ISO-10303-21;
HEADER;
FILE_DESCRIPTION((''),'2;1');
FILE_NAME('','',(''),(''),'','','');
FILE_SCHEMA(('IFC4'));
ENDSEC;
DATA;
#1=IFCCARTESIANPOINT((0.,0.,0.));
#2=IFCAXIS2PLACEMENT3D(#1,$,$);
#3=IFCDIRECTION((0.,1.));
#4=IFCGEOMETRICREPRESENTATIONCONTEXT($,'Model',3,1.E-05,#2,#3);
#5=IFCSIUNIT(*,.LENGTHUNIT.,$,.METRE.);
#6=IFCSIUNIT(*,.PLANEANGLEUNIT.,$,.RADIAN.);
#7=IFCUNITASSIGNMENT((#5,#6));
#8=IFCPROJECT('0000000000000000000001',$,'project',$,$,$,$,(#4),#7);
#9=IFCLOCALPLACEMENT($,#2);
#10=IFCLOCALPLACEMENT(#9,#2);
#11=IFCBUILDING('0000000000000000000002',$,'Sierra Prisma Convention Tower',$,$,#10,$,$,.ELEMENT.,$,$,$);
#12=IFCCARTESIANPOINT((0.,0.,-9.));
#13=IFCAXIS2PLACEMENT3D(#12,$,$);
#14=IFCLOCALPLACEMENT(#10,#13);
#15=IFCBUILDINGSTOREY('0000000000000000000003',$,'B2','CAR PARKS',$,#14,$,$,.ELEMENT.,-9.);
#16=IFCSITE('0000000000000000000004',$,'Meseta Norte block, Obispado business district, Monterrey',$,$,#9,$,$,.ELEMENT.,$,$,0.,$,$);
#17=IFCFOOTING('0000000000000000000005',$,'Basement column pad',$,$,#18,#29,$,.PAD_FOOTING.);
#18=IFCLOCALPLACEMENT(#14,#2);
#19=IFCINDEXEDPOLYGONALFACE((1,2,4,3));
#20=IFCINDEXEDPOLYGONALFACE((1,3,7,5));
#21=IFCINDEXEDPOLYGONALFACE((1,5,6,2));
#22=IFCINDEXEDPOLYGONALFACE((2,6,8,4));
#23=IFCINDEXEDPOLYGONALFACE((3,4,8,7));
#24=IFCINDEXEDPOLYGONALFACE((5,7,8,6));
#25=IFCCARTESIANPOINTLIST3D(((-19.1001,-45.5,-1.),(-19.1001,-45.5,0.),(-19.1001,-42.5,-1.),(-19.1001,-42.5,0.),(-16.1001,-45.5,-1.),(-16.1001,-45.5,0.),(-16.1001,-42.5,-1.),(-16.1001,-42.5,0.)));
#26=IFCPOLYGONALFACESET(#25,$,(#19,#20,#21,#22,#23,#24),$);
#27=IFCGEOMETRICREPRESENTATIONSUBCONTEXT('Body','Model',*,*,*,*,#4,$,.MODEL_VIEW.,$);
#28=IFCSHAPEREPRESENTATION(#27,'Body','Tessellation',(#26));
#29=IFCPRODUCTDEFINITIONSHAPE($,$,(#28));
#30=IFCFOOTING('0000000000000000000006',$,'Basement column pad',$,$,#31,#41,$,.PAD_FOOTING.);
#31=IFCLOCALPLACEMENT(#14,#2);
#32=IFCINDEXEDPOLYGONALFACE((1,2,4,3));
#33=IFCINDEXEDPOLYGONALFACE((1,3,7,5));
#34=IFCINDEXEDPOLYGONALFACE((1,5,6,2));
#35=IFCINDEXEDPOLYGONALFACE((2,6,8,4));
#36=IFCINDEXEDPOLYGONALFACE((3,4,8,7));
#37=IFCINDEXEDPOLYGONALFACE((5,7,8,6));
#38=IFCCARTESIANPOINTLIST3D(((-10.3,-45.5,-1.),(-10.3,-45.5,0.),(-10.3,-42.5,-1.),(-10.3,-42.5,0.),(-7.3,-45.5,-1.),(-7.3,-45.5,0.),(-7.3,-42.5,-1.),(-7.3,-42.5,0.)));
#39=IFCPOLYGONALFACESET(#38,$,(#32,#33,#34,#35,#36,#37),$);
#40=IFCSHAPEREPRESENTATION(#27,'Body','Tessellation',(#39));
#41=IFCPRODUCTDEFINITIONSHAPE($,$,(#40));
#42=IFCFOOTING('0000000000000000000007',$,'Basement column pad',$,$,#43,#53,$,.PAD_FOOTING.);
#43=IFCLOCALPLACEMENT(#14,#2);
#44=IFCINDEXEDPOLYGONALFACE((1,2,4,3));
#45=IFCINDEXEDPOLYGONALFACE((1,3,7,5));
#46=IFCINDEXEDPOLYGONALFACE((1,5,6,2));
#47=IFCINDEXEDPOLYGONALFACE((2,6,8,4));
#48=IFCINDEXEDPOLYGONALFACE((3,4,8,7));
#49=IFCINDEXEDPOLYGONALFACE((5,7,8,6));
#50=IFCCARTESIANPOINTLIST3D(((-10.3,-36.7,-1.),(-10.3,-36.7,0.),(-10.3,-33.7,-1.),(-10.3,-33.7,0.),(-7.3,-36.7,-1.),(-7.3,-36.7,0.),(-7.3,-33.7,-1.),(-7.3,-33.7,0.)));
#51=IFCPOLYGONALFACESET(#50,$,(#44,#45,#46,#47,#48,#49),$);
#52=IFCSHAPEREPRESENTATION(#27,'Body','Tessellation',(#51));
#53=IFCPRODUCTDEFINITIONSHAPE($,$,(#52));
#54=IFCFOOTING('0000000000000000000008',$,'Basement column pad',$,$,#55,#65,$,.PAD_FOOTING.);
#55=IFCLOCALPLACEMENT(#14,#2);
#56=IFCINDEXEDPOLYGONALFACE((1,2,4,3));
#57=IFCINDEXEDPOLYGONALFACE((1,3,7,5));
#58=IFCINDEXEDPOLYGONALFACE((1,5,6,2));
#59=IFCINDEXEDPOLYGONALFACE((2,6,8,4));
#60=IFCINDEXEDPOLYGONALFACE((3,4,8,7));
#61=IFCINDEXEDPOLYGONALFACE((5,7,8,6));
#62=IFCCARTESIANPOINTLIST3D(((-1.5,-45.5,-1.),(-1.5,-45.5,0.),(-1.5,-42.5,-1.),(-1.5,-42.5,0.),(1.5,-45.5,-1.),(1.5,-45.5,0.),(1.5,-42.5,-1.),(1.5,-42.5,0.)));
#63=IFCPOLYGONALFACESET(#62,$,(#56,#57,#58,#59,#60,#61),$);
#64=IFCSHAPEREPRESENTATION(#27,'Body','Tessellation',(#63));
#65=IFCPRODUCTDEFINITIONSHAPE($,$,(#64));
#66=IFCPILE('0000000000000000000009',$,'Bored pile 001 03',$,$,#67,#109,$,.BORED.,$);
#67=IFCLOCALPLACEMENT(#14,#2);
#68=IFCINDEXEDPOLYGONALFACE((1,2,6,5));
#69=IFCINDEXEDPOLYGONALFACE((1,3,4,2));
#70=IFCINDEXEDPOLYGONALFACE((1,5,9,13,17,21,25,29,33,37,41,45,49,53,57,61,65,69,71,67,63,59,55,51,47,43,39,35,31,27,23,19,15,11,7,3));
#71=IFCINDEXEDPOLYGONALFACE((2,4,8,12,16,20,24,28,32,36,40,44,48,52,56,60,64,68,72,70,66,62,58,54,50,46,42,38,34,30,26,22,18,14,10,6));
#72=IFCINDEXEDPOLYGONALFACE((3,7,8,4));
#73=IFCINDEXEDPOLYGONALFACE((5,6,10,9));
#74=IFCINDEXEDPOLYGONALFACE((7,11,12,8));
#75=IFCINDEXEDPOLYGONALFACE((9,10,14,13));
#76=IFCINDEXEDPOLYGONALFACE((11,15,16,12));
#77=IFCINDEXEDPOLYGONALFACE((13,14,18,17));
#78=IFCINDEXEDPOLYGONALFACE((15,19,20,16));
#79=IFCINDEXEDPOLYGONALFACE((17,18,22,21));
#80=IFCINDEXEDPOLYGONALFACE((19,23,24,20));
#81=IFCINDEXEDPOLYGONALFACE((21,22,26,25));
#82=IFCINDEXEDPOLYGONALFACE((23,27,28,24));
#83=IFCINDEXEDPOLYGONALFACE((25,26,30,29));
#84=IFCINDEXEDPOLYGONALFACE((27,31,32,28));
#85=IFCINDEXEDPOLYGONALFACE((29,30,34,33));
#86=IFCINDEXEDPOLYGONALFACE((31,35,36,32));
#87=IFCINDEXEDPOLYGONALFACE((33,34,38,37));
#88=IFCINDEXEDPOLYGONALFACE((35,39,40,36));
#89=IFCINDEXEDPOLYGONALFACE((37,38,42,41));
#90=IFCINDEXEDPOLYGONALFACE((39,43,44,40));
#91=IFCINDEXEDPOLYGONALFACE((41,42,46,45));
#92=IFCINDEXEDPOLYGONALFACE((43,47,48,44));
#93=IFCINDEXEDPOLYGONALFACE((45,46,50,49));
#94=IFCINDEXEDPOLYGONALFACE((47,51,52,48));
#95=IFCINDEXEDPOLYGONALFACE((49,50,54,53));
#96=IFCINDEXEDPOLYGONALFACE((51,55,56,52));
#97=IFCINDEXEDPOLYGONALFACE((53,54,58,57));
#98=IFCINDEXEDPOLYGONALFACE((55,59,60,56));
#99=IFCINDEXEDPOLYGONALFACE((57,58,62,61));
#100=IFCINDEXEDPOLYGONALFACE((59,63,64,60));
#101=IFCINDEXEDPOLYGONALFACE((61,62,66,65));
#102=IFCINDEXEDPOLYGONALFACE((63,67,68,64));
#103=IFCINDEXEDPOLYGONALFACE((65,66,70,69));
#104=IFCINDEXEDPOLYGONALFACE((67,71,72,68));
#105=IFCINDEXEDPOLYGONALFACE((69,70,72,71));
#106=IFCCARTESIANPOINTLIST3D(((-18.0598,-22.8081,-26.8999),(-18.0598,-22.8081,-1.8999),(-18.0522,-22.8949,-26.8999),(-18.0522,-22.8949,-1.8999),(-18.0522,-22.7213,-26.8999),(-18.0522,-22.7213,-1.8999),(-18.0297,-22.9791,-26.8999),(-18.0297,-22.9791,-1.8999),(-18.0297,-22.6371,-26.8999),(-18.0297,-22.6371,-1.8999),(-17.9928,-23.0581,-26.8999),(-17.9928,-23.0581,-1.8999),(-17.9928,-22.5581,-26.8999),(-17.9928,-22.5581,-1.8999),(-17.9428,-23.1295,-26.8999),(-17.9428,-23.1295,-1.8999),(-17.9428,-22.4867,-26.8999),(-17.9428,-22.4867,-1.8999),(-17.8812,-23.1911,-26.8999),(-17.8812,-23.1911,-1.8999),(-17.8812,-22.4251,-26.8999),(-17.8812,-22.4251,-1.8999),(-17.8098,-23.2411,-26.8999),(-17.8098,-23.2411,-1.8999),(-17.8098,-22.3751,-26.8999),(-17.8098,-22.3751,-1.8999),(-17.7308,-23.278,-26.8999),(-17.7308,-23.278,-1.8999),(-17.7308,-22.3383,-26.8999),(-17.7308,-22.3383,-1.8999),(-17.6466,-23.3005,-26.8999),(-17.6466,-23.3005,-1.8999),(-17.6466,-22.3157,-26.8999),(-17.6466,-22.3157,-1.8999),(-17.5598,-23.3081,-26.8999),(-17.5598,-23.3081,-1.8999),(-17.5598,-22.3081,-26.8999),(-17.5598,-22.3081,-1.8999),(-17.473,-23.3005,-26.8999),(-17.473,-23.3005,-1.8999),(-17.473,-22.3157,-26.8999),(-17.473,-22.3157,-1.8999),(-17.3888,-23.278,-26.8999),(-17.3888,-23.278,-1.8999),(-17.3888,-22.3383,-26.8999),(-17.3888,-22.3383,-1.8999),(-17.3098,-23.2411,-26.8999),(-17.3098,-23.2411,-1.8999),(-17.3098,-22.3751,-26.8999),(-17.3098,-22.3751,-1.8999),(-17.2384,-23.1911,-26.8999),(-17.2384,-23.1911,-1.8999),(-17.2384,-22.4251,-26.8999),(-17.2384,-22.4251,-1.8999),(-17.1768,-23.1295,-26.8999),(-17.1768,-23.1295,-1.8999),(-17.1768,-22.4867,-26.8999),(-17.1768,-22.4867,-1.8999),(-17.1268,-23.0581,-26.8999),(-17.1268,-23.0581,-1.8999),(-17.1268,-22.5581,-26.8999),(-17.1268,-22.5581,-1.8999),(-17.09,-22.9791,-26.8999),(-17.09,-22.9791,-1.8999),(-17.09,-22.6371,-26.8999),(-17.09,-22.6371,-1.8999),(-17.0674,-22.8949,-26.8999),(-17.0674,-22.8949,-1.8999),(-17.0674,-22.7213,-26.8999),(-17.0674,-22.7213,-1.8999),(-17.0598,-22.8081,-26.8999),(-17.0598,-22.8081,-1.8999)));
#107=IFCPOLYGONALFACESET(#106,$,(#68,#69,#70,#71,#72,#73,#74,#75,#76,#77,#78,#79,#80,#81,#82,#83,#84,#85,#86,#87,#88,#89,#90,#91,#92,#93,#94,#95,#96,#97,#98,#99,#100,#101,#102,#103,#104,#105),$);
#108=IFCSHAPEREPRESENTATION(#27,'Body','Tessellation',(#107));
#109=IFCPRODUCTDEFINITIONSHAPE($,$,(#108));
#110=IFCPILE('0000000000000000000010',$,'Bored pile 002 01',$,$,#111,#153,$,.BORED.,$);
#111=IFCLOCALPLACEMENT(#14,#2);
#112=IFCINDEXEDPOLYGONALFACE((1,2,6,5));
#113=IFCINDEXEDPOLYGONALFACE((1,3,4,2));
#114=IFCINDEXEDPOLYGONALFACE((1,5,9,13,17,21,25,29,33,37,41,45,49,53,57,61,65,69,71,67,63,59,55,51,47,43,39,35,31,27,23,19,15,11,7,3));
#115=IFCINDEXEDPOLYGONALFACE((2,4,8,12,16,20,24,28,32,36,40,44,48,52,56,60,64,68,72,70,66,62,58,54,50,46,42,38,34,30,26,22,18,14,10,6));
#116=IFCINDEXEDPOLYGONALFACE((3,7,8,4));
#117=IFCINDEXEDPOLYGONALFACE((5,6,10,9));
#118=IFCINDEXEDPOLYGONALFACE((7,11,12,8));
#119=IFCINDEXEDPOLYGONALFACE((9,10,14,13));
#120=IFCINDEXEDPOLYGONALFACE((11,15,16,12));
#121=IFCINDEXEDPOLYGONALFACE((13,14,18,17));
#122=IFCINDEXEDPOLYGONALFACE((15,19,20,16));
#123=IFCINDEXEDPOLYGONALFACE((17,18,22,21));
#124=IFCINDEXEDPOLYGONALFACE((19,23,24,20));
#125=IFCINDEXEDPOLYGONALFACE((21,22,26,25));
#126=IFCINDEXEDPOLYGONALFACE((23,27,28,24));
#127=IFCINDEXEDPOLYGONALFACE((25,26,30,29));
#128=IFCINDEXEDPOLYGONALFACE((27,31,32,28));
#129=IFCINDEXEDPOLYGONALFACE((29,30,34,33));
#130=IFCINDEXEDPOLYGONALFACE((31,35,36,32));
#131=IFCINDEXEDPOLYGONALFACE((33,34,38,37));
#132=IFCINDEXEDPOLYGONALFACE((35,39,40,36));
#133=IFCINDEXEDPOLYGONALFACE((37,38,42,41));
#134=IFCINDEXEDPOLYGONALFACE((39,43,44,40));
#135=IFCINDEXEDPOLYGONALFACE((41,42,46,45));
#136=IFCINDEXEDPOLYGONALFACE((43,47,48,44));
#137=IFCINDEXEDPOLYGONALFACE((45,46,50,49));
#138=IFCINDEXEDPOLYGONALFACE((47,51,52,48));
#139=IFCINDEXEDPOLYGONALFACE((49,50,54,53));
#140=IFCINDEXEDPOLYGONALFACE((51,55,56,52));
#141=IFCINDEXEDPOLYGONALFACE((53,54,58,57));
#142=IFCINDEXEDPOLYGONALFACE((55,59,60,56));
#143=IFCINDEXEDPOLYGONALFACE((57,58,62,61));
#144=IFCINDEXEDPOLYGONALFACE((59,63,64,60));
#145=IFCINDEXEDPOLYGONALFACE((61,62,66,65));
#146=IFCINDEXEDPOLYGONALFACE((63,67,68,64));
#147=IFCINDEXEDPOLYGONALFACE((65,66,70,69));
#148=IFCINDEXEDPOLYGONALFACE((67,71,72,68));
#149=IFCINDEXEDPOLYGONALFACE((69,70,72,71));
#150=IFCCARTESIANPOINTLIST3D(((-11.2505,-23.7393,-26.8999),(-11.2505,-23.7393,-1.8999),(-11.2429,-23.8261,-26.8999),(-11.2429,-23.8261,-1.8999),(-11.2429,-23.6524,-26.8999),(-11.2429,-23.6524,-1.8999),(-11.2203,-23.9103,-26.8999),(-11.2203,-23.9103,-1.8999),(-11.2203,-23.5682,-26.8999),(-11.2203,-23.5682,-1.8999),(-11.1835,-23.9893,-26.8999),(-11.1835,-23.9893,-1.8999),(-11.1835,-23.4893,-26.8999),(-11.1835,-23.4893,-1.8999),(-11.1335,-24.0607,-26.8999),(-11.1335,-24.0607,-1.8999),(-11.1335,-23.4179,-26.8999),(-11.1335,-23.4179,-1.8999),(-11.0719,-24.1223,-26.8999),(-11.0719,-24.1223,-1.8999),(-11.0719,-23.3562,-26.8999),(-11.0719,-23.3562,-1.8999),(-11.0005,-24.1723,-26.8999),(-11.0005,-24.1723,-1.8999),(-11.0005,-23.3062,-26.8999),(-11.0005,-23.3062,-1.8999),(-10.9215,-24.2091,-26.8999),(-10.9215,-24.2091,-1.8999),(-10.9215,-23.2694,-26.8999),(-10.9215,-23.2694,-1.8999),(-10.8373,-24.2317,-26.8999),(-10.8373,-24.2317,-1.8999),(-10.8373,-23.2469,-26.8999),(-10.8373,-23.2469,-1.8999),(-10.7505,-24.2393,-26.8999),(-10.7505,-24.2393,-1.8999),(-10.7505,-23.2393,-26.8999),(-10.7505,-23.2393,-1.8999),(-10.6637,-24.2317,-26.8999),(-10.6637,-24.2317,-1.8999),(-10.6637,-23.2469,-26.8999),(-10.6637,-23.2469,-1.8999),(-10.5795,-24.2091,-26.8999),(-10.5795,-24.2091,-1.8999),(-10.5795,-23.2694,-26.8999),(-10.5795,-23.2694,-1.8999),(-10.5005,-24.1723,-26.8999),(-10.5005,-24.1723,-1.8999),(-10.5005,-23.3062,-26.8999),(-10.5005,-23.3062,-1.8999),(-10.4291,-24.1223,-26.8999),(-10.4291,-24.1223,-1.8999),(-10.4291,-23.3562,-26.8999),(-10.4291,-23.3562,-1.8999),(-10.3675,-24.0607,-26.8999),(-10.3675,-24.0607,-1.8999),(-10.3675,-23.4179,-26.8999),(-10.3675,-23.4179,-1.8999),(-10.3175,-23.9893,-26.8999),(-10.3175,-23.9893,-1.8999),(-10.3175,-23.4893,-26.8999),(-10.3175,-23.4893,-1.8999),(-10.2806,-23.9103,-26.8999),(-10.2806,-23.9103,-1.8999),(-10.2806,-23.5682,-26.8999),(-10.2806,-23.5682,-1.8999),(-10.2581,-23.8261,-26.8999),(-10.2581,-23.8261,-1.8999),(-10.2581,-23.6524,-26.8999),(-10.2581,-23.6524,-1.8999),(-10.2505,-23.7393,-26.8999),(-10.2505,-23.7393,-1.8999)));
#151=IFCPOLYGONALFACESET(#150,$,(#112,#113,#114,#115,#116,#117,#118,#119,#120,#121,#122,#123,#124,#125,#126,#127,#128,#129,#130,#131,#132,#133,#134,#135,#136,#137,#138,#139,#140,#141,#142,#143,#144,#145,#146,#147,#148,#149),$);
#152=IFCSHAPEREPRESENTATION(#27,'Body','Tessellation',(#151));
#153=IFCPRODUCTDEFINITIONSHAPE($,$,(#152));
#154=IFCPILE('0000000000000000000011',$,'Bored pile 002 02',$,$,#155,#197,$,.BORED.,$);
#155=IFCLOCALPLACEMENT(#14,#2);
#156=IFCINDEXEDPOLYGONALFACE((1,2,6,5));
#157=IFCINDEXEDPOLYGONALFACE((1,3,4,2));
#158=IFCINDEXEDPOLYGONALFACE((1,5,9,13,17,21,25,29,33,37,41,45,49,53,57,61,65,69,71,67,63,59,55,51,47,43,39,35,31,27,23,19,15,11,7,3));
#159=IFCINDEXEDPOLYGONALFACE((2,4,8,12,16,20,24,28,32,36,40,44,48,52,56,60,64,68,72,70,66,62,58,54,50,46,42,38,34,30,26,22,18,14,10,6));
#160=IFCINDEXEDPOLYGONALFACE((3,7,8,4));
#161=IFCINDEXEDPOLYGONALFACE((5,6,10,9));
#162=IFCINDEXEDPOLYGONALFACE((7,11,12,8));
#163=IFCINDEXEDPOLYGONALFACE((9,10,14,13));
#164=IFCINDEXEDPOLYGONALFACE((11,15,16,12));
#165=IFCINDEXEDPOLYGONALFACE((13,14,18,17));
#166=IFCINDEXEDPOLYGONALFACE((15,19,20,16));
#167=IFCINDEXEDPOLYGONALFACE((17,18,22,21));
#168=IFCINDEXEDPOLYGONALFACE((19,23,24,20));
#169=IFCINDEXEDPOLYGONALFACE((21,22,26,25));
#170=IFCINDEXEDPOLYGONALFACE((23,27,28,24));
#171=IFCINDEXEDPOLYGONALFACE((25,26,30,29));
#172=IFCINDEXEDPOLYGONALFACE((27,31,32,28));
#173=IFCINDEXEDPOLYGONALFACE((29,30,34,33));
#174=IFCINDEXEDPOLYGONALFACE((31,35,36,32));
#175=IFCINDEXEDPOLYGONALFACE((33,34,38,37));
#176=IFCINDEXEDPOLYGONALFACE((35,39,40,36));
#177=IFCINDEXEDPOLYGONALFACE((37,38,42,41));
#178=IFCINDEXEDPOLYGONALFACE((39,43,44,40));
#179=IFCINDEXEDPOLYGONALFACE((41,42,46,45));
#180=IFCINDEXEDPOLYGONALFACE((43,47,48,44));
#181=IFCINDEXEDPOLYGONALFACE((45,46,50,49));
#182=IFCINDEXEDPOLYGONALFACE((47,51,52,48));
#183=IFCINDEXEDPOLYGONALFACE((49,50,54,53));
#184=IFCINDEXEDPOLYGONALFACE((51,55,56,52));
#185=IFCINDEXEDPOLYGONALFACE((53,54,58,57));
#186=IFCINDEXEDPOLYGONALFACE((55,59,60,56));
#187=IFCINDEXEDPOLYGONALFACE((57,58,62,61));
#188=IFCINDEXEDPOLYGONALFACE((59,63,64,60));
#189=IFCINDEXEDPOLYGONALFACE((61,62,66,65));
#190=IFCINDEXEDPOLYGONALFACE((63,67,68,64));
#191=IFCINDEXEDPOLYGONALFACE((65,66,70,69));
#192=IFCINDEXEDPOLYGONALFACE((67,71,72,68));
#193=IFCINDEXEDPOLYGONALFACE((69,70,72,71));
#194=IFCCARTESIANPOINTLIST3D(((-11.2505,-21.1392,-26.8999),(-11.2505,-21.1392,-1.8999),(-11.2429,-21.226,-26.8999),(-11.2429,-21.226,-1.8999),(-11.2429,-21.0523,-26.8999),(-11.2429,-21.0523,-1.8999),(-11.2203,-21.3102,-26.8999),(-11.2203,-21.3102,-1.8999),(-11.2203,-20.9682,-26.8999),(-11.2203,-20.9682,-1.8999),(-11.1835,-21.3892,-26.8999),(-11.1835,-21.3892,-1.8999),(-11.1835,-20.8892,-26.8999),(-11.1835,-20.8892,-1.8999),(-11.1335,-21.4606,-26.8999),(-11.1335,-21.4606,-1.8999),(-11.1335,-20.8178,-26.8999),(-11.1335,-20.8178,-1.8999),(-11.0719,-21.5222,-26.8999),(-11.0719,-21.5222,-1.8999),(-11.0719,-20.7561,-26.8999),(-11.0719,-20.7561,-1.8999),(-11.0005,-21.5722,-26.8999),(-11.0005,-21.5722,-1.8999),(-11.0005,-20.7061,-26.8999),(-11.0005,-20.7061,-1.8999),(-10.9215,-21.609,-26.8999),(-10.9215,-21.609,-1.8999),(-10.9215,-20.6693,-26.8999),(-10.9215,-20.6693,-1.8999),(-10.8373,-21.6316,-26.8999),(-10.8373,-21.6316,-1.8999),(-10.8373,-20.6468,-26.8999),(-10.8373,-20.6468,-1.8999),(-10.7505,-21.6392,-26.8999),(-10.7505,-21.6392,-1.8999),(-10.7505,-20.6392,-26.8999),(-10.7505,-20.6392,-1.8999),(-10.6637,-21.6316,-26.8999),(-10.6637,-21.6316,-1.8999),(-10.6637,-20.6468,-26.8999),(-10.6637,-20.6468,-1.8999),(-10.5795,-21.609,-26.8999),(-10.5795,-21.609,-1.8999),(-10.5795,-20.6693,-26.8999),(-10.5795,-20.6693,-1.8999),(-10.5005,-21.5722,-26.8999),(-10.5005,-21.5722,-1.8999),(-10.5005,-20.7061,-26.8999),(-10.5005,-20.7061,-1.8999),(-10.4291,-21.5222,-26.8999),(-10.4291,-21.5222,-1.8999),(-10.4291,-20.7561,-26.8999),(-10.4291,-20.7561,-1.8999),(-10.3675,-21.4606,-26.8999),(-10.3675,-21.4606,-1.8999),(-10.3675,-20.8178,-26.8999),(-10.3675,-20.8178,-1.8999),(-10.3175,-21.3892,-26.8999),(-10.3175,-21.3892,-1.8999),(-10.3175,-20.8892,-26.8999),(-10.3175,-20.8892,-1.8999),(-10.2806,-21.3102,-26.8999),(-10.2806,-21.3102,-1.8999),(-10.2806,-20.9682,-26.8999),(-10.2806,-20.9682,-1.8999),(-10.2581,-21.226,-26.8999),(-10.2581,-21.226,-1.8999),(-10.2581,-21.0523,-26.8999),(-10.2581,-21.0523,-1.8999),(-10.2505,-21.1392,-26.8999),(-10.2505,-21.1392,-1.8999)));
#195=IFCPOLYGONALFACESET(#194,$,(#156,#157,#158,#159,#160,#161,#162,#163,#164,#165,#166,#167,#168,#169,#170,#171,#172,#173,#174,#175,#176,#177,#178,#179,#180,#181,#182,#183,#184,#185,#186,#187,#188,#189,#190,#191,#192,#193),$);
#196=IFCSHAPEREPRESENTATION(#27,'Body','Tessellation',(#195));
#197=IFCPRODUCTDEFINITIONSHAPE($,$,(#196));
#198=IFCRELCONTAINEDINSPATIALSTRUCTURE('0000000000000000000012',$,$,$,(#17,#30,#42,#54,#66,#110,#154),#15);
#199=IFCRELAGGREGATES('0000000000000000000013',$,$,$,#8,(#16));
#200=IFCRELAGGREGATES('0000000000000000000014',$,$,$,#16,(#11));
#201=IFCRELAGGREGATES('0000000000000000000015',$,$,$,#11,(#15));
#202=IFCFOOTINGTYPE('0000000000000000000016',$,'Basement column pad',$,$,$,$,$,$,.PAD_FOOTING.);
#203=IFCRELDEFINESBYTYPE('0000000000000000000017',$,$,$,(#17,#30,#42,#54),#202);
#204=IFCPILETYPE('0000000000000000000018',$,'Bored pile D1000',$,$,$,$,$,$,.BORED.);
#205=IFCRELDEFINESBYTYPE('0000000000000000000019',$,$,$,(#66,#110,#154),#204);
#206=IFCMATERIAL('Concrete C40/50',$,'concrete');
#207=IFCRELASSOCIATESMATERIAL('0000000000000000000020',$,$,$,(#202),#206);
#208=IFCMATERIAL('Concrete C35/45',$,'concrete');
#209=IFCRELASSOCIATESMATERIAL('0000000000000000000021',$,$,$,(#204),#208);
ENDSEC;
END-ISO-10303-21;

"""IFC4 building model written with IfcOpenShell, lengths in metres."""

from ifc_helpers import new_model, si_unit, direction, frame, origin, origin_2d, place, context, subcontext, project, spatial, rectangle, circle, extrude, material, material_profile, profile_set, type_object, element, save


model = new_model("IFC4")

# Units and contexts
model_context = context("Model", 3, precision=1e-05, world=origin(), true_north=direction((0.0, 1.0)))
body_context = subcontext(model_context, "Body", "Model", "MODEL_VIEW")
ifc_project = project(units=[si_unit("LENGTHUNIT", "METRE"), si_unit("PLANEANGLEUNIT", "RADIAN")], contexts=[model_context])

# Site, building, storey
site_placement = place(None, origin())
site = spatial("IfcSite", under=ifc_project, at=site_placement, Name="Meseta Norte block, Obispado business district, Monterrey", CompositionType="ELEMENT", RefElevation=0.0)
building_placement = place(site_placement, origin())
building = spatial("IfcBuilding", under=site, at=building_placement, Name="Sierra Prisma Convention Tower", CompositionType="ELEMENT")
storey_placement = place(building_placement, frame((0.0, 0.0, -9.0)))
storey = spatial("IfcBuildingStorey", under=building, at=storey_placement, Name="B2", Description="CAR PARKS", CompositionType="ELEMENT", Elevation=-9.0)

# Footings
ifc_material_1 = material(Name="Concrete C40/50", Category="concrete")
footing_type_1 = type_object("IfcFootingType", Name="Basement column pad", PredefinedType="PAD_FOOTING", material=ifc_material_1)
for number, where, z_axis, x_axis, name in (
    (1, (-17.6001, -44.0, -1.0), (0.0, 0.0, 1.0), (1.0, 0.0, 0.0), "Basement column pad"),
    (2, (-8.8, -44.0, -1.0), (0.0, 0.0, 1.0), (1.0, 0.0, 0.0), "Basement column pad"),
    (3, (-8.8, -35.2, -1.0), (0.0, 0.0, 1.0), (1.0, 0.0, 0.0), "Basement column pad"),
    (4, (0.0, -44.0, -1.0), (0.0, 0.0, 1.0), (1.0, 0.0, 0.0), "Basement column pad"),
):
    element("IfcFooting", number, at=place(storey_placement, frame(where, z_axis=z_axis, x_axis=x_axis)), inside=storey, type_object=footing_type_1, Name=name, PredefinedType="PAD_FOOTING", context=body_context, shape_type="SweptSolid", body=[
        extrude(rectangle(XDim=3.0, YDim=3.0, at=origin_2d()), origin(), (0.0, 0.0, 1.0), 1.0),
    ])

# Piles
ifc_material_2 = material(Name="Concrete C35/45", Category="concrete")
ifc_material_profile_1 = material_profile(ifc_material_2, circle(Radius=0.5, at=origin_2d()), Name="D1000")
ifc_profile_set_1 = profile_set([ifc_material_profile_1], Name="Concrete C35/45")
pile_type = type_object("IfcPileType", Name="Bored pile D1000", PredefinedType="BORED", material=ifc_profile_set_1)
for number, where, z_axis, x_axis, name in (
    (5, (-17.5598, -22.8081, -1.8999), (0.0, 0.0, -1.0), (1.0, 0.0, 0.0), "Bored pile 001 03"),
    (6, (-10.7505, -23.7393, -1.8999), (0.0, 0.0, -1.0), (1.0, 0.0, 0.0), "Bored pile 002 01"),
    (7, (-10.7505, -21.1392, -1.8999), (0.0, 0.0, -1.0), (1.0, 0.0, 0.0), "Bored pile 002 02"),
):
    element("IfcPile", number, at=place(storey_placement, frame(where, z_axis=z_axis, x_axis=x_axis)), inside=storey, type_object=pile_type, Name=name, PredefinedType="BORED", context=body_context, shape_type="SweptSolid", body=[
        extrude(circle(Radius=0.5, at=origin_2d()), origin(), (0.0, 0.0, 1.0), 25.0),
    ])

save(model, "model.ifc")
